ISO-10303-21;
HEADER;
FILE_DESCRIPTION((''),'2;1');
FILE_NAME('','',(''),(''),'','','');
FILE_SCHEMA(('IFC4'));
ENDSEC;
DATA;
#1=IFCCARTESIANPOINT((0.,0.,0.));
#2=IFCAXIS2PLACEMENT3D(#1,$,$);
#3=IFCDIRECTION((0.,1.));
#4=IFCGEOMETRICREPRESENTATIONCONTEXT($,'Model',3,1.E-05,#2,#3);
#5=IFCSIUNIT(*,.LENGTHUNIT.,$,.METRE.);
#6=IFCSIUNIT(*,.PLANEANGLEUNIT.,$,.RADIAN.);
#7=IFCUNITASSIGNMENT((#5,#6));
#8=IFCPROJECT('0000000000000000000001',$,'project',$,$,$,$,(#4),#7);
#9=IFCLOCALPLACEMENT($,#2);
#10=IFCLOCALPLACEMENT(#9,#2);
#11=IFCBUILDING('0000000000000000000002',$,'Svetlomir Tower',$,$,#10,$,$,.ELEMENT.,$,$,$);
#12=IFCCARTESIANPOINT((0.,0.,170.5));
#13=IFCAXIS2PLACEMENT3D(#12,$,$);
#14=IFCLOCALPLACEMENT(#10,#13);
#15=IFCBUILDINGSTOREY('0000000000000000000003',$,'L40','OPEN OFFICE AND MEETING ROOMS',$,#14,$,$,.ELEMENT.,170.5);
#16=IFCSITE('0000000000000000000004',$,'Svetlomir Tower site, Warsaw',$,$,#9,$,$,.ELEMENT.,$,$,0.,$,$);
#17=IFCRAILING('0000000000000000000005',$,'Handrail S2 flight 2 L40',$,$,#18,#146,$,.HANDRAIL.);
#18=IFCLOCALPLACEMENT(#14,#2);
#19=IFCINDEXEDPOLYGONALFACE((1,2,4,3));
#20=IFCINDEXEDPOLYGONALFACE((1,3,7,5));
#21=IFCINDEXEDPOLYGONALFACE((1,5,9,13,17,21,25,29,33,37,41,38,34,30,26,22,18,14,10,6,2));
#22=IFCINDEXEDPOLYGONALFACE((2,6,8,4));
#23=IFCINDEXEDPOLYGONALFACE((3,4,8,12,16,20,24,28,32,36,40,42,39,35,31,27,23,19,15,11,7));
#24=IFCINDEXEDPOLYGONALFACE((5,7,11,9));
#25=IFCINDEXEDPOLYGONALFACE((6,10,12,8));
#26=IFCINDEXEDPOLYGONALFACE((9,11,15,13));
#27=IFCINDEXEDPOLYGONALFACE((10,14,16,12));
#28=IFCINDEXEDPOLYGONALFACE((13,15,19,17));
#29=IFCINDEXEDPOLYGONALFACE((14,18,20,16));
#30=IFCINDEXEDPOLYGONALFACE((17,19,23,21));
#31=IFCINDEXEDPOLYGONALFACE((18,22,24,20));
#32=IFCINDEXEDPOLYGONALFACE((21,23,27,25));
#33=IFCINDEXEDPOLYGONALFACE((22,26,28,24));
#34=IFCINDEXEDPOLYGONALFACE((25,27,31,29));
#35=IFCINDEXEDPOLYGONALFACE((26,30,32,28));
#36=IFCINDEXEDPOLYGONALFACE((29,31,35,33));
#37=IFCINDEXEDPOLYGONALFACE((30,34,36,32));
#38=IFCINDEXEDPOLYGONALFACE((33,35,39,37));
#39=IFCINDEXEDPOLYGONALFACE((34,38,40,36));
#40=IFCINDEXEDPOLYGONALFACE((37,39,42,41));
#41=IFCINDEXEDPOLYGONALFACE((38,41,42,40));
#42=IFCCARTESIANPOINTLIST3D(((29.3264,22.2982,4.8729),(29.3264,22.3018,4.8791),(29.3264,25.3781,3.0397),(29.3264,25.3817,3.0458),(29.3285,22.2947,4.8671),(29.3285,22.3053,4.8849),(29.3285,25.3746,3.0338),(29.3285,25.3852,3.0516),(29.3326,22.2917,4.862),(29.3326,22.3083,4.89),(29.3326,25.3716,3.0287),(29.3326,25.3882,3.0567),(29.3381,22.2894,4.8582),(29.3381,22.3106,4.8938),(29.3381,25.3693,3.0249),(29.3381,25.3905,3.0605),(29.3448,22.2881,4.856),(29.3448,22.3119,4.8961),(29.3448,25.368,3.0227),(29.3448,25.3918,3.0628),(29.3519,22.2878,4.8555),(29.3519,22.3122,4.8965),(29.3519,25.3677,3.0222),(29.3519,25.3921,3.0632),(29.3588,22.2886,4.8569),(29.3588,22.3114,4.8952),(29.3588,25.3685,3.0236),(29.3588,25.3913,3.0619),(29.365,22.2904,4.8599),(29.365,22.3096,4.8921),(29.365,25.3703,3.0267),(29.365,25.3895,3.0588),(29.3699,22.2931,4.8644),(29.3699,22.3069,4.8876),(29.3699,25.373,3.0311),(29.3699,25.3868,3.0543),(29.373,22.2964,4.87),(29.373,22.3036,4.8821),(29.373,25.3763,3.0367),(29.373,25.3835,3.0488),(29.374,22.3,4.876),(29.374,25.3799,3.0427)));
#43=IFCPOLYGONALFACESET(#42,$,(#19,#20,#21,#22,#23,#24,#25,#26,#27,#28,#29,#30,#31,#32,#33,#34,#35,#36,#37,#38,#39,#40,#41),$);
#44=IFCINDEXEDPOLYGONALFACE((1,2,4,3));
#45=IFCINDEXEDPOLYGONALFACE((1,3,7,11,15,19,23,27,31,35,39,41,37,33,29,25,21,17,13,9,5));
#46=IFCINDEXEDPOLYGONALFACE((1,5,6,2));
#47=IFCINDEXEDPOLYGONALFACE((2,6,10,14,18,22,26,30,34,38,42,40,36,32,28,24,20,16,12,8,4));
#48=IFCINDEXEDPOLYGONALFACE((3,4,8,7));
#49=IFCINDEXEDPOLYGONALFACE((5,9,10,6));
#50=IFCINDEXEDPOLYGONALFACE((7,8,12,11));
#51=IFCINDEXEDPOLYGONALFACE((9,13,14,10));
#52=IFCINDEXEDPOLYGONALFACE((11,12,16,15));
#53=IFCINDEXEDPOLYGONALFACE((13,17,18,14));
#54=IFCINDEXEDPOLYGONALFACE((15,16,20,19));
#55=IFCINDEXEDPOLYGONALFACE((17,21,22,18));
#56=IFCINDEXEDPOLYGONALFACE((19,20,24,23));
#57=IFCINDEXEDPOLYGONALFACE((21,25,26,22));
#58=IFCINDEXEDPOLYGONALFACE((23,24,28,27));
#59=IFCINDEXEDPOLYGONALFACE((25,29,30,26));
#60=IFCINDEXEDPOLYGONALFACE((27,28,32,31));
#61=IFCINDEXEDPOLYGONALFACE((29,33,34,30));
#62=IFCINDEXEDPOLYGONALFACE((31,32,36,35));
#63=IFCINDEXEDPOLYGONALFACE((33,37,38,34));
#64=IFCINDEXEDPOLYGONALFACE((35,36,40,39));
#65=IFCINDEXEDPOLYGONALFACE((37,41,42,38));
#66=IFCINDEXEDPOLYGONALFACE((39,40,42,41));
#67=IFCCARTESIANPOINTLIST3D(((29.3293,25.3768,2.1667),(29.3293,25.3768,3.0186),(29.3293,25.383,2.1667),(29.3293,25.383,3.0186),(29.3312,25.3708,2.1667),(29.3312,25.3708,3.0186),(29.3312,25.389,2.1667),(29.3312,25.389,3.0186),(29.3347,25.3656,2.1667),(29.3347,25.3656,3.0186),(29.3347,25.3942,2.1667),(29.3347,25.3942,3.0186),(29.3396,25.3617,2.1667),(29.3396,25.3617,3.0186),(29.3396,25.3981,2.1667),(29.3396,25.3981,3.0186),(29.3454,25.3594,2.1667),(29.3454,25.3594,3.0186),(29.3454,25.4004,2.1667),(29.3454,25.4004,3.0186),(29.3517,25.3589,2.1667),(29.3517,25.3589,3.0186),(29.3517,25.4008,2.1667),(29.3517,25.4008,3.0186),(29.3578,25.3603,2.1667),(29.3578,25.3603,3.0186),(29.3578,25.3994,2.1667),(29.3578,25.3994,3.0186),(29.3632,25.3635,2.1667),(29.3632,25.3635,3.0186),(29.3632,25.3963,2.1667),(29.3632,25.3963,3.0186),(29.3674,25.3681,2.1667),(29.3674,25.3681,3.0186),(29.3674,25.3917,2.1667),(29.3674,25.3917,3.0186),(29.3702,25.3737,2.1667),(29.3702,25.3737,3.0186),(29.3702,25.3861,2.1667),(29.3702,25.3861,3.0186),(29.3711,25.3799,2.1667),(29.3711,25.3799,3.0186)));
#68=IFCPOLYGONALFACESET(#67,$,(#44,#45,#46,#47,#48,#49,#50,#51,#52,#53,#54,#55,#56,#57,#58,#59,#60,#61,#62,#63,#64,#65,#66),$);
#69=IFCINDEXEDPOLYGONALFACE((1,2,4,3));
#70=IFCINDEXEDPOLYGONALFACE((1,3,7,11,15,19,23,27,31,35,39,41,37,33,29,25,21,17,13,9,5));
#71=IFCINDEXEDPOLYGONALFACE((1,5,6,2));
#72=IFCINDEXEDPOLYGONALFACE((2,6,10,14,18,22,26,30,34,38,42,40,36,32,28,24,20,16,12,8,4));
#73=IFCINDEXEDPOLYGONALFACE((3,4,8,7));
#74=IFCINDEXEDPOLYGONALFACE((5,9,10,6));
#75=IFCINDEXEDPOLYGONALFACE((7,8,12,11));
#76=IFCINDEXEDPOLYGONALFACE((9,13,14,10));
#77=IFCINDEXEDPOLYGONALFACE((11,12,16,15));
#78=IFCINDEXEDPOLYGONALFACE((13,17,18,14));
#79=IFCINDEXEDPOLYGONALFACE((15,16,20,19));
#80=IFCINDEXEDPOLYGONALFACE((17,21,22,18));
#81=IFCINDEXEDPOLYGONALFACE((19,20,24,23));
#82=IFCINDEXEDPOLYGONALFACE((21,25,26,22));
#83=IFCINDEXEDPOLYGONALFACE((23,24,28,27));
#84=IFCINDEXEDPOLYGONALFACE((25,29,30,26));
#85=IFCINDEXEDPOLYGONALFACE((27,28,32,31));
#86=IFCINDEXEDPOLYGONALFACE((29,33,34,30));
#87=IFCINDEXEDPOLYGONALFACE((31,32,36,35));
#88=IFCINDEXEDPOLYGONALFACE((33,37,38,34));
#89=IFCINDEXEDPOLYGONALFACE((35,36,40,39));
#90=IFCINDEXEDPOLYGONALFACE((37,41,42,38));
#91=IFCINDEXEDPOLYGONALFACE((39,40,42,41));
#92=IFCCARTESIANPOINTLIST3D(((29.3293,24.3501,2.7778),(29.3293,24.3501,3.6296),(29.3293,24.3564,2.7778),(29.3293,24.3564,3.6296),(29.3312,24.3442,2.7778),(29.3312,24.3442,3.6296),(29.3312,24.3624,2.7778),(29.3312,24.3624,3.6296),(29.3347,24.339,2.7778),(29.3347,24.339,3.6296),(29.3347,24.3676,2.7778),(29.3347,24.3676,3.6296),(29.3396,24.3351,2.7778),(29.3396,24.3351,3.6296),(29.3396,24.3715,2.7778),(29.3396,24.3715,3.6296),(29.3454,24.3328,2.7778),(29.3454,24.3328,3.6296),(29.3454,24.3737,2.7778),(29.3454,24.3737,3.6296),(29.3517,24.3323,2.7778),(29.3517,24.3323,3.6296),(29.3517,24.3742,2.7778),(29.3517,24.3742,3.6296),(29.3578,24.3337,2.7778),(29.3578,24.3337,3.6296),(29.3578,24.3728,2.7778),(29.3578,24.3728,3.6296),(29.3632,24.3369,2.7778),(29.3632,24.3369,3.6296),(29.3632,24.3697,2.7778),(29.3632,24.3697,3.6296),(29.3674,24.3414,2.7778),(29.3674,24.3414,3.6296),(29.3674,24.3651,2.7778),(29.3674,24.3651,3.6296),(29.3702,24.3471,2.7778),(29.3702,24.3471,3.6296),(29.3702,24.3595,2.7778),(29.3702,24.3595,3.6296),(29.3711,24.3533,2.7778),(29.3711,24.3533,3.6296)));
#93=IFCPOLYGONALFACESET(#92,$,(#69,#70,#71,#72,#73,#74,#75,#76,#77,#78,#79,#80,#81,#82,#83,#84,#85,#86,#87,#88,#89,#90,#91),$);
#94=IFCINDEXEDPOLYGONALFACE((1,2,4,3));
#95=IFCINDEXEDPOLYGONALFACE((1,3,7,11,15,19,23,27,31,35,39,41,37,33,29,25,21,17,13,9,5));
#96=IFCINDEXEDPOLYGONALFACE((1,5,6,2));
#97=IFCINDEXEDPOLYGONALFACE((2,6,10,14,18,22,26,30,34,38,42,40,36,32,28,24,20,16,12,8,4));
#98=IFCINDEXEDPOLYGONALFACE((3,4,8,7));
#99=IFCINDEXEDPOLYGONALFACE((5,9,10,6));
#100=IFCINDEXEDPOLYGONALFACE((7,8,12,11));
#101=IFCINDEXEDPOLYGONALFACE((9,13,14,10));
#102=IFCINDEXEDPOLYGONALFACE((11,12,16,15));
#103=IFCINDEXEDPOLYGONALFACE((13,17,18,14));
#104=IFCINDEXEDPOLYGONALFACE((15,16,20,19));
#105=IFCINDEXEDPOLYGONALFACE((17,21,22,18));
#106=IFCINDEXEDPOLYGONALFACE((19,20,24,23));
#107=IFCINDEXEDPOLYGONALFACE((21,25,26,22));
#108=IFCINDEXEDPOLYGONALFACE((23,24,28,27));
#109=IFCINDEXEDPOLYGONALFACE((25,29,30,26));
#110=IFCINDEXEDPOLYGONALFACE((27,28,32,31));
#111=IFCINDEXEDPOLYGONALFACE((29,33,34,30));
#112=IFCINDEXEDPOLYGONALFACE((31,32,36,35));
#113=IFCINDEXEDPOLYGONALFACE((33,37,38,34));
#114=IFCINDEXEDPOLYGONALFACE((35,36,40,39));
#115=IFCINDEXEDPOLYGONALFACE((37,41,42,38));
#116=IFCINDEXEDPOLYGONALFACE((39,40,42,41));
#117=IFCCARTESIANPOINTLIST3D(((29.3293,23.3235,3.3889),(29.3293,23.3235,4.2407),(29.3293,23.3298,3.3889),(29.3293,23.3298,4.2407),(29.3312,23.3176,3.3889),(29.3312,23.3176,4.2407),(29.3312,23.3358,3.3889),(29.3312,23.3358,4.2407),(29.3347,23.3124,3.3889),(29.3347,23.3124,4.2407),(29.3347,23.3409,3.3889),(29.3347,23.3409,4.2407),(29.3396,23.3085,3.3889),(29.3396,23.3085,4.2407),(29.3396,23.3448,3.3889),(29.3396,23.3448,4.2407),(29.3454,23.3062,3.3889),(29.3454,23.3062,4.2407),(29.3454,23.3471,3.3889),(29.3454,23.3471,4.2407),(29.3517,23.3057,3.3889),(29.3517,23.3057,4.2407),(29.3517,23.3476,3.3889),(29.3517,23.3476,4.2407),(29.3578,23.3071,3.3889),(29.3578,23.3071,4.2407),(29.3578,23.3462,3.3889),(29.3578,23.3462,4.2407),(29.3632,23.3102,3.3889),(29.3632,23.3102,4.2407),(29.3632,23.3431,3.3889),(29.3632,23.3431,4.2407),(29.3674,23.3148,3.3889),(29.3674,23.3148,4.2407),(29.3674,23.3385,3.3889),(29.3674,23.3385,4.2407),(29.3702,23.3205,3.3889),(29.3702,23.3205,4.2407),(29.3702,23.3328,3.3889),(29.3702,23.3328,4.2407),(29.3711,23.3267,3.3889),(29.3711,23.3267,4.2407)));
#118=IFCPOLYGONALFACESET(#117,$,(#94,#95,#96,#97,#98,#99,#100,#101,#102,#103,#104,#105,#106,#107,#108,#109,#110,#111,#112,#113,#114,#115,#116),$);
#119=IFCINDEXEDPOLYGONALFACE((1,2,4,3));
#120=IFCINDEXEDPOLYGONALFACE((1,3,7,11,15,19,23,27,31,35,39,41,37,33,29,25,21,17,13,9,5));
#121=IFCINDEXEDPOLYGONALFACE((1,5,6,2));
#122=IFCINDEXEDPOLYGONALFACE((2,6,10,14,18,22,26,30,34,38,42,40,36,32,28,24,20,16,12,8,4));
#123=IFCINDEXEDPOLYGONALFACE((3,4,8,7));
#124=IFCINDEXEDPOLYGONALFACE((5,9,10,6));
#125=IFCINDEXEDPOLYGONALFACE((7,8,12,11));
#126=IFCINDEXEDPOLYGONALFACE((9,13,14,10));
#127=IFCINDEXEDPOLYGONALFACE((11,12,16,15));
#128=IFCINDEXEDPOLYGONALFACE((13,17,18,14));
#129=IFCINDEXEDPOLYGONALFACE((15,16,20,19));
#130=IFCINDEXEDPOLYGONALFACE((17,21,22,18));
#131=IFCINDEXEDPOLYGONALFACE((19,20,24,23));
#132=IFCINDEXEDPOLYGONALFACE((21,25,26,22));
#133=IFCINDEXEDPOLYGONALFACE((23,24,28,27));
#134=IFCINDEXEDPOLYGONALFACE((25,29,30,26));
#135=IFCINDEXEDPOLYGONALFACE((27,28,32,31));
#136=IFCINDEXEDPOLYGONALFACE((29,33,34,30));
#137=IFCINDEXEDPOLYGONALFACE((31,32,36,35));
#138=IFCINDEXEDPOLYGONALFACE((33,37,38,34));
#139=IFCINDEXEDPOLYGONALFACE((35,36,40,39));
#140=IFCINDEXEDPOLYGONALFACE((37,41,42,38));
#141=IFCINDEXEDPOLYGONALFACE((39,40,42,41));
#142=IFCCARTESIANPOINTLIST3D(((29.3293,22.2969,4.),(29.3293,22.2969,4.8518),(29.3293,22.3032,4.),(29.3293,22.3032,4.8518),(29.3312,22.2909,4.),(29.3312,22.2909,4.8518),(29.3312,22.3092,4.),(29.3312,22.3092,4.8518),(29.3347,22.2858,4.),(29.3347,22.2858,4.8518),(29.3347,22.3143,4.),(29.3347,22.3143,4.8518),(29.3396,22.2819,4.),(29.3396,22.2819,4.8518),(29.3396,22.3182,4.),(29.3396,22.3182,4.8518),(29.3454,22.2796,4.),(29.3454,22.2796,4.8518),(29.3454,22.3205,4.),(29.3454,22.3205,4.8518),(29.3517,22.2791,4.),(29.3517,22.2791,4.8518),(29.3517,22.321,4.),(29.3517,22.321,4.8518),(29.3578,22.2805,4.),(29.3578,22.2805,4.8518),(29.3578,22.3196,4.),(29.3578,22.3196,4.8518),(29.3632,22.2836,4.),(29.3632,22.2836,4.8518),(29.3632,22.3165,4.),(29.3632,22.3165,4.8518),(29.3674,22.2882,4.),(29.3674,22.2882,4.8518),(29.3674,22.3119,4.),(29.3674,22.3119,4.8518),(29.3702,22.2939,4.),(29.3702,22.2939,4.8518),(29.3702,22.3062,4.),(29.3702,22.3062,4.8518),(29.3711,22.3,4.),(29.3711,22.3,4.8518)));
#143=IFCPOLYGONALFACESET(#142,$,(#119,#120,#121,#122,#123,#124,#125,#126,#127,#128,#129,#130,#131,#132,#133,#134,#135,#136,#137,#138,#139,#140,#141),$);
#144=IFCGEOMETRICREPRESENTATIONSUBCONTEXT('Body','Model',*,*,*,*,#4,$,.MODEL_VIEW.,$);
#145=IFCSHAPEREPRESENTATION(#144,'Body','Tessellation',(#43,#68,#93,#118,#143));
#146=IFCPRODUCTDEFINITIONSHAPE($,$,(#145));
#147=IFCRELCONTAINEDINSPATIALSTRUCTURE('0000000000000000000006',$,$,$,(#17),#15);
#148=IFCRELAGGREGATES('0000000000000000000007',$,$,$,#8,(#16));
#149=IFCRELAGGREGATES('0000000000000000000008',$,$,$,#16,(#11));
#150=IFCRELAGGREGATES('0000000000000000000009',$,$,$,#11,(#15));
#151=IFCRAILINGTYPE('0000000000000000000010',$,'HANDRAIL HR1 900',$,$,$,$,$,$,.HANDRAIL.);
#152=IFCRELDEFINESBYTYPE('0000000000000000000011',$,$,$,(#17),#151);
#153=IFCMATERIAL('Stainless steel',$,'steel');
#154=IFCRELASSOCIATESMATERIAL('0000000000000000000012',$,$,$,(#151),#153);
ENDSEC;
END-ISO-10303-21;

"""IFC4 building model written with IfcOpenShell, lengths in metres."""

from ifc_helpers import new_model, si_unit, direction, frame, origin, origin_2d, place, context, subcontext, project, spatial, circle, extrude, material, type_object, element, save


model = new_model("IFC4")

# Units and contexts
model_context = context("Model", 3, precision=1e-05, world=origin(), true_north=direction((0.0, 1.0)))
body_context = subcontext(model_context, "Body", "Model", "MODEL_VIEW")
ifc_project = project(units=[si_unit("LENGTHUNIT", "METRE"), si_unit("PLANEANGLEUNIT", "RADIAN")], contexts=[model_context])

# Site, building, storey
site_placement = place(None, origin())
site = spatial("IfcSite", under=ifc_project, at=site_placement, Name="Svetlomir Tower site, Warsaw", CompositionType="ELEMENT", RefElevation=0.0)
building_placement = place(site_placement, origin())
building = spatial("IfcBuilding", under=site, at=building_placement, Name="Svetlomir Tower", CompositionType="ELEMENT")
storey_placement = place(building_placement, frame((0.0, 0.0, 170.5)))
storey = spatial("IfcBuildingStorey", under=building, at=storey_placement, Name="L40", Description="OPEN OFFICE AND MEETING ROOMS", CompositionType="ELEMENT", Elevation=170.5)

# Railing
ifc_material_1 = material(Name="Stainless steel", Category="steel")
railing_type = type_object("IfcRailingType", Name="HANDRAIL HR1 900", PredefinedType="HANDRAIL", material=ifc_material_1)
railing_1_placement = place(storey_placement, frame((29.3501, 25.3799, 2.1667)))
element("IfcRailing", 1, at=railing_1_placement, inside=storey, type_object=railing_type, Name="Handrail S2 flight 2 L40", PredefinedType="HANDRAIL", context=body_context, shape_type="SweptSolid", body=[
    extrude(circle(Radius=0.0239, at=origin_2d()), frame((0.0, 0.0, 0.876), z_axis=(0.0, -0.859291, 0.511487), x_axis=(1.0, 0.0, 0.0)), (0.0, 0.0, 1.0), 3.5842),
    extrude(circle(Radius=0.021, at=origin_2d()), origin(), (0.0, 0.0, 1.0), 0.8518),
    extrude(circle(Radius=0.021, at=origin_2d()), frame((0.0, -1.0266, 0.6111)), (0.0, 0.0, 1.0), 0.8518),
    extrude(circle(Radius=0.021, at=origin_2d()), frame((0.0, -2.0532, 1.2222)), (0.0, 0.0, 1.0), 0.8518),
    extrude(circle(Radius=0.021, at=origin_2d()), frame((0.0, -3.0798, 1.8333)), (0.0, 0.0, 1.0), 0.8518),
])

save(model, "model.ifc")
